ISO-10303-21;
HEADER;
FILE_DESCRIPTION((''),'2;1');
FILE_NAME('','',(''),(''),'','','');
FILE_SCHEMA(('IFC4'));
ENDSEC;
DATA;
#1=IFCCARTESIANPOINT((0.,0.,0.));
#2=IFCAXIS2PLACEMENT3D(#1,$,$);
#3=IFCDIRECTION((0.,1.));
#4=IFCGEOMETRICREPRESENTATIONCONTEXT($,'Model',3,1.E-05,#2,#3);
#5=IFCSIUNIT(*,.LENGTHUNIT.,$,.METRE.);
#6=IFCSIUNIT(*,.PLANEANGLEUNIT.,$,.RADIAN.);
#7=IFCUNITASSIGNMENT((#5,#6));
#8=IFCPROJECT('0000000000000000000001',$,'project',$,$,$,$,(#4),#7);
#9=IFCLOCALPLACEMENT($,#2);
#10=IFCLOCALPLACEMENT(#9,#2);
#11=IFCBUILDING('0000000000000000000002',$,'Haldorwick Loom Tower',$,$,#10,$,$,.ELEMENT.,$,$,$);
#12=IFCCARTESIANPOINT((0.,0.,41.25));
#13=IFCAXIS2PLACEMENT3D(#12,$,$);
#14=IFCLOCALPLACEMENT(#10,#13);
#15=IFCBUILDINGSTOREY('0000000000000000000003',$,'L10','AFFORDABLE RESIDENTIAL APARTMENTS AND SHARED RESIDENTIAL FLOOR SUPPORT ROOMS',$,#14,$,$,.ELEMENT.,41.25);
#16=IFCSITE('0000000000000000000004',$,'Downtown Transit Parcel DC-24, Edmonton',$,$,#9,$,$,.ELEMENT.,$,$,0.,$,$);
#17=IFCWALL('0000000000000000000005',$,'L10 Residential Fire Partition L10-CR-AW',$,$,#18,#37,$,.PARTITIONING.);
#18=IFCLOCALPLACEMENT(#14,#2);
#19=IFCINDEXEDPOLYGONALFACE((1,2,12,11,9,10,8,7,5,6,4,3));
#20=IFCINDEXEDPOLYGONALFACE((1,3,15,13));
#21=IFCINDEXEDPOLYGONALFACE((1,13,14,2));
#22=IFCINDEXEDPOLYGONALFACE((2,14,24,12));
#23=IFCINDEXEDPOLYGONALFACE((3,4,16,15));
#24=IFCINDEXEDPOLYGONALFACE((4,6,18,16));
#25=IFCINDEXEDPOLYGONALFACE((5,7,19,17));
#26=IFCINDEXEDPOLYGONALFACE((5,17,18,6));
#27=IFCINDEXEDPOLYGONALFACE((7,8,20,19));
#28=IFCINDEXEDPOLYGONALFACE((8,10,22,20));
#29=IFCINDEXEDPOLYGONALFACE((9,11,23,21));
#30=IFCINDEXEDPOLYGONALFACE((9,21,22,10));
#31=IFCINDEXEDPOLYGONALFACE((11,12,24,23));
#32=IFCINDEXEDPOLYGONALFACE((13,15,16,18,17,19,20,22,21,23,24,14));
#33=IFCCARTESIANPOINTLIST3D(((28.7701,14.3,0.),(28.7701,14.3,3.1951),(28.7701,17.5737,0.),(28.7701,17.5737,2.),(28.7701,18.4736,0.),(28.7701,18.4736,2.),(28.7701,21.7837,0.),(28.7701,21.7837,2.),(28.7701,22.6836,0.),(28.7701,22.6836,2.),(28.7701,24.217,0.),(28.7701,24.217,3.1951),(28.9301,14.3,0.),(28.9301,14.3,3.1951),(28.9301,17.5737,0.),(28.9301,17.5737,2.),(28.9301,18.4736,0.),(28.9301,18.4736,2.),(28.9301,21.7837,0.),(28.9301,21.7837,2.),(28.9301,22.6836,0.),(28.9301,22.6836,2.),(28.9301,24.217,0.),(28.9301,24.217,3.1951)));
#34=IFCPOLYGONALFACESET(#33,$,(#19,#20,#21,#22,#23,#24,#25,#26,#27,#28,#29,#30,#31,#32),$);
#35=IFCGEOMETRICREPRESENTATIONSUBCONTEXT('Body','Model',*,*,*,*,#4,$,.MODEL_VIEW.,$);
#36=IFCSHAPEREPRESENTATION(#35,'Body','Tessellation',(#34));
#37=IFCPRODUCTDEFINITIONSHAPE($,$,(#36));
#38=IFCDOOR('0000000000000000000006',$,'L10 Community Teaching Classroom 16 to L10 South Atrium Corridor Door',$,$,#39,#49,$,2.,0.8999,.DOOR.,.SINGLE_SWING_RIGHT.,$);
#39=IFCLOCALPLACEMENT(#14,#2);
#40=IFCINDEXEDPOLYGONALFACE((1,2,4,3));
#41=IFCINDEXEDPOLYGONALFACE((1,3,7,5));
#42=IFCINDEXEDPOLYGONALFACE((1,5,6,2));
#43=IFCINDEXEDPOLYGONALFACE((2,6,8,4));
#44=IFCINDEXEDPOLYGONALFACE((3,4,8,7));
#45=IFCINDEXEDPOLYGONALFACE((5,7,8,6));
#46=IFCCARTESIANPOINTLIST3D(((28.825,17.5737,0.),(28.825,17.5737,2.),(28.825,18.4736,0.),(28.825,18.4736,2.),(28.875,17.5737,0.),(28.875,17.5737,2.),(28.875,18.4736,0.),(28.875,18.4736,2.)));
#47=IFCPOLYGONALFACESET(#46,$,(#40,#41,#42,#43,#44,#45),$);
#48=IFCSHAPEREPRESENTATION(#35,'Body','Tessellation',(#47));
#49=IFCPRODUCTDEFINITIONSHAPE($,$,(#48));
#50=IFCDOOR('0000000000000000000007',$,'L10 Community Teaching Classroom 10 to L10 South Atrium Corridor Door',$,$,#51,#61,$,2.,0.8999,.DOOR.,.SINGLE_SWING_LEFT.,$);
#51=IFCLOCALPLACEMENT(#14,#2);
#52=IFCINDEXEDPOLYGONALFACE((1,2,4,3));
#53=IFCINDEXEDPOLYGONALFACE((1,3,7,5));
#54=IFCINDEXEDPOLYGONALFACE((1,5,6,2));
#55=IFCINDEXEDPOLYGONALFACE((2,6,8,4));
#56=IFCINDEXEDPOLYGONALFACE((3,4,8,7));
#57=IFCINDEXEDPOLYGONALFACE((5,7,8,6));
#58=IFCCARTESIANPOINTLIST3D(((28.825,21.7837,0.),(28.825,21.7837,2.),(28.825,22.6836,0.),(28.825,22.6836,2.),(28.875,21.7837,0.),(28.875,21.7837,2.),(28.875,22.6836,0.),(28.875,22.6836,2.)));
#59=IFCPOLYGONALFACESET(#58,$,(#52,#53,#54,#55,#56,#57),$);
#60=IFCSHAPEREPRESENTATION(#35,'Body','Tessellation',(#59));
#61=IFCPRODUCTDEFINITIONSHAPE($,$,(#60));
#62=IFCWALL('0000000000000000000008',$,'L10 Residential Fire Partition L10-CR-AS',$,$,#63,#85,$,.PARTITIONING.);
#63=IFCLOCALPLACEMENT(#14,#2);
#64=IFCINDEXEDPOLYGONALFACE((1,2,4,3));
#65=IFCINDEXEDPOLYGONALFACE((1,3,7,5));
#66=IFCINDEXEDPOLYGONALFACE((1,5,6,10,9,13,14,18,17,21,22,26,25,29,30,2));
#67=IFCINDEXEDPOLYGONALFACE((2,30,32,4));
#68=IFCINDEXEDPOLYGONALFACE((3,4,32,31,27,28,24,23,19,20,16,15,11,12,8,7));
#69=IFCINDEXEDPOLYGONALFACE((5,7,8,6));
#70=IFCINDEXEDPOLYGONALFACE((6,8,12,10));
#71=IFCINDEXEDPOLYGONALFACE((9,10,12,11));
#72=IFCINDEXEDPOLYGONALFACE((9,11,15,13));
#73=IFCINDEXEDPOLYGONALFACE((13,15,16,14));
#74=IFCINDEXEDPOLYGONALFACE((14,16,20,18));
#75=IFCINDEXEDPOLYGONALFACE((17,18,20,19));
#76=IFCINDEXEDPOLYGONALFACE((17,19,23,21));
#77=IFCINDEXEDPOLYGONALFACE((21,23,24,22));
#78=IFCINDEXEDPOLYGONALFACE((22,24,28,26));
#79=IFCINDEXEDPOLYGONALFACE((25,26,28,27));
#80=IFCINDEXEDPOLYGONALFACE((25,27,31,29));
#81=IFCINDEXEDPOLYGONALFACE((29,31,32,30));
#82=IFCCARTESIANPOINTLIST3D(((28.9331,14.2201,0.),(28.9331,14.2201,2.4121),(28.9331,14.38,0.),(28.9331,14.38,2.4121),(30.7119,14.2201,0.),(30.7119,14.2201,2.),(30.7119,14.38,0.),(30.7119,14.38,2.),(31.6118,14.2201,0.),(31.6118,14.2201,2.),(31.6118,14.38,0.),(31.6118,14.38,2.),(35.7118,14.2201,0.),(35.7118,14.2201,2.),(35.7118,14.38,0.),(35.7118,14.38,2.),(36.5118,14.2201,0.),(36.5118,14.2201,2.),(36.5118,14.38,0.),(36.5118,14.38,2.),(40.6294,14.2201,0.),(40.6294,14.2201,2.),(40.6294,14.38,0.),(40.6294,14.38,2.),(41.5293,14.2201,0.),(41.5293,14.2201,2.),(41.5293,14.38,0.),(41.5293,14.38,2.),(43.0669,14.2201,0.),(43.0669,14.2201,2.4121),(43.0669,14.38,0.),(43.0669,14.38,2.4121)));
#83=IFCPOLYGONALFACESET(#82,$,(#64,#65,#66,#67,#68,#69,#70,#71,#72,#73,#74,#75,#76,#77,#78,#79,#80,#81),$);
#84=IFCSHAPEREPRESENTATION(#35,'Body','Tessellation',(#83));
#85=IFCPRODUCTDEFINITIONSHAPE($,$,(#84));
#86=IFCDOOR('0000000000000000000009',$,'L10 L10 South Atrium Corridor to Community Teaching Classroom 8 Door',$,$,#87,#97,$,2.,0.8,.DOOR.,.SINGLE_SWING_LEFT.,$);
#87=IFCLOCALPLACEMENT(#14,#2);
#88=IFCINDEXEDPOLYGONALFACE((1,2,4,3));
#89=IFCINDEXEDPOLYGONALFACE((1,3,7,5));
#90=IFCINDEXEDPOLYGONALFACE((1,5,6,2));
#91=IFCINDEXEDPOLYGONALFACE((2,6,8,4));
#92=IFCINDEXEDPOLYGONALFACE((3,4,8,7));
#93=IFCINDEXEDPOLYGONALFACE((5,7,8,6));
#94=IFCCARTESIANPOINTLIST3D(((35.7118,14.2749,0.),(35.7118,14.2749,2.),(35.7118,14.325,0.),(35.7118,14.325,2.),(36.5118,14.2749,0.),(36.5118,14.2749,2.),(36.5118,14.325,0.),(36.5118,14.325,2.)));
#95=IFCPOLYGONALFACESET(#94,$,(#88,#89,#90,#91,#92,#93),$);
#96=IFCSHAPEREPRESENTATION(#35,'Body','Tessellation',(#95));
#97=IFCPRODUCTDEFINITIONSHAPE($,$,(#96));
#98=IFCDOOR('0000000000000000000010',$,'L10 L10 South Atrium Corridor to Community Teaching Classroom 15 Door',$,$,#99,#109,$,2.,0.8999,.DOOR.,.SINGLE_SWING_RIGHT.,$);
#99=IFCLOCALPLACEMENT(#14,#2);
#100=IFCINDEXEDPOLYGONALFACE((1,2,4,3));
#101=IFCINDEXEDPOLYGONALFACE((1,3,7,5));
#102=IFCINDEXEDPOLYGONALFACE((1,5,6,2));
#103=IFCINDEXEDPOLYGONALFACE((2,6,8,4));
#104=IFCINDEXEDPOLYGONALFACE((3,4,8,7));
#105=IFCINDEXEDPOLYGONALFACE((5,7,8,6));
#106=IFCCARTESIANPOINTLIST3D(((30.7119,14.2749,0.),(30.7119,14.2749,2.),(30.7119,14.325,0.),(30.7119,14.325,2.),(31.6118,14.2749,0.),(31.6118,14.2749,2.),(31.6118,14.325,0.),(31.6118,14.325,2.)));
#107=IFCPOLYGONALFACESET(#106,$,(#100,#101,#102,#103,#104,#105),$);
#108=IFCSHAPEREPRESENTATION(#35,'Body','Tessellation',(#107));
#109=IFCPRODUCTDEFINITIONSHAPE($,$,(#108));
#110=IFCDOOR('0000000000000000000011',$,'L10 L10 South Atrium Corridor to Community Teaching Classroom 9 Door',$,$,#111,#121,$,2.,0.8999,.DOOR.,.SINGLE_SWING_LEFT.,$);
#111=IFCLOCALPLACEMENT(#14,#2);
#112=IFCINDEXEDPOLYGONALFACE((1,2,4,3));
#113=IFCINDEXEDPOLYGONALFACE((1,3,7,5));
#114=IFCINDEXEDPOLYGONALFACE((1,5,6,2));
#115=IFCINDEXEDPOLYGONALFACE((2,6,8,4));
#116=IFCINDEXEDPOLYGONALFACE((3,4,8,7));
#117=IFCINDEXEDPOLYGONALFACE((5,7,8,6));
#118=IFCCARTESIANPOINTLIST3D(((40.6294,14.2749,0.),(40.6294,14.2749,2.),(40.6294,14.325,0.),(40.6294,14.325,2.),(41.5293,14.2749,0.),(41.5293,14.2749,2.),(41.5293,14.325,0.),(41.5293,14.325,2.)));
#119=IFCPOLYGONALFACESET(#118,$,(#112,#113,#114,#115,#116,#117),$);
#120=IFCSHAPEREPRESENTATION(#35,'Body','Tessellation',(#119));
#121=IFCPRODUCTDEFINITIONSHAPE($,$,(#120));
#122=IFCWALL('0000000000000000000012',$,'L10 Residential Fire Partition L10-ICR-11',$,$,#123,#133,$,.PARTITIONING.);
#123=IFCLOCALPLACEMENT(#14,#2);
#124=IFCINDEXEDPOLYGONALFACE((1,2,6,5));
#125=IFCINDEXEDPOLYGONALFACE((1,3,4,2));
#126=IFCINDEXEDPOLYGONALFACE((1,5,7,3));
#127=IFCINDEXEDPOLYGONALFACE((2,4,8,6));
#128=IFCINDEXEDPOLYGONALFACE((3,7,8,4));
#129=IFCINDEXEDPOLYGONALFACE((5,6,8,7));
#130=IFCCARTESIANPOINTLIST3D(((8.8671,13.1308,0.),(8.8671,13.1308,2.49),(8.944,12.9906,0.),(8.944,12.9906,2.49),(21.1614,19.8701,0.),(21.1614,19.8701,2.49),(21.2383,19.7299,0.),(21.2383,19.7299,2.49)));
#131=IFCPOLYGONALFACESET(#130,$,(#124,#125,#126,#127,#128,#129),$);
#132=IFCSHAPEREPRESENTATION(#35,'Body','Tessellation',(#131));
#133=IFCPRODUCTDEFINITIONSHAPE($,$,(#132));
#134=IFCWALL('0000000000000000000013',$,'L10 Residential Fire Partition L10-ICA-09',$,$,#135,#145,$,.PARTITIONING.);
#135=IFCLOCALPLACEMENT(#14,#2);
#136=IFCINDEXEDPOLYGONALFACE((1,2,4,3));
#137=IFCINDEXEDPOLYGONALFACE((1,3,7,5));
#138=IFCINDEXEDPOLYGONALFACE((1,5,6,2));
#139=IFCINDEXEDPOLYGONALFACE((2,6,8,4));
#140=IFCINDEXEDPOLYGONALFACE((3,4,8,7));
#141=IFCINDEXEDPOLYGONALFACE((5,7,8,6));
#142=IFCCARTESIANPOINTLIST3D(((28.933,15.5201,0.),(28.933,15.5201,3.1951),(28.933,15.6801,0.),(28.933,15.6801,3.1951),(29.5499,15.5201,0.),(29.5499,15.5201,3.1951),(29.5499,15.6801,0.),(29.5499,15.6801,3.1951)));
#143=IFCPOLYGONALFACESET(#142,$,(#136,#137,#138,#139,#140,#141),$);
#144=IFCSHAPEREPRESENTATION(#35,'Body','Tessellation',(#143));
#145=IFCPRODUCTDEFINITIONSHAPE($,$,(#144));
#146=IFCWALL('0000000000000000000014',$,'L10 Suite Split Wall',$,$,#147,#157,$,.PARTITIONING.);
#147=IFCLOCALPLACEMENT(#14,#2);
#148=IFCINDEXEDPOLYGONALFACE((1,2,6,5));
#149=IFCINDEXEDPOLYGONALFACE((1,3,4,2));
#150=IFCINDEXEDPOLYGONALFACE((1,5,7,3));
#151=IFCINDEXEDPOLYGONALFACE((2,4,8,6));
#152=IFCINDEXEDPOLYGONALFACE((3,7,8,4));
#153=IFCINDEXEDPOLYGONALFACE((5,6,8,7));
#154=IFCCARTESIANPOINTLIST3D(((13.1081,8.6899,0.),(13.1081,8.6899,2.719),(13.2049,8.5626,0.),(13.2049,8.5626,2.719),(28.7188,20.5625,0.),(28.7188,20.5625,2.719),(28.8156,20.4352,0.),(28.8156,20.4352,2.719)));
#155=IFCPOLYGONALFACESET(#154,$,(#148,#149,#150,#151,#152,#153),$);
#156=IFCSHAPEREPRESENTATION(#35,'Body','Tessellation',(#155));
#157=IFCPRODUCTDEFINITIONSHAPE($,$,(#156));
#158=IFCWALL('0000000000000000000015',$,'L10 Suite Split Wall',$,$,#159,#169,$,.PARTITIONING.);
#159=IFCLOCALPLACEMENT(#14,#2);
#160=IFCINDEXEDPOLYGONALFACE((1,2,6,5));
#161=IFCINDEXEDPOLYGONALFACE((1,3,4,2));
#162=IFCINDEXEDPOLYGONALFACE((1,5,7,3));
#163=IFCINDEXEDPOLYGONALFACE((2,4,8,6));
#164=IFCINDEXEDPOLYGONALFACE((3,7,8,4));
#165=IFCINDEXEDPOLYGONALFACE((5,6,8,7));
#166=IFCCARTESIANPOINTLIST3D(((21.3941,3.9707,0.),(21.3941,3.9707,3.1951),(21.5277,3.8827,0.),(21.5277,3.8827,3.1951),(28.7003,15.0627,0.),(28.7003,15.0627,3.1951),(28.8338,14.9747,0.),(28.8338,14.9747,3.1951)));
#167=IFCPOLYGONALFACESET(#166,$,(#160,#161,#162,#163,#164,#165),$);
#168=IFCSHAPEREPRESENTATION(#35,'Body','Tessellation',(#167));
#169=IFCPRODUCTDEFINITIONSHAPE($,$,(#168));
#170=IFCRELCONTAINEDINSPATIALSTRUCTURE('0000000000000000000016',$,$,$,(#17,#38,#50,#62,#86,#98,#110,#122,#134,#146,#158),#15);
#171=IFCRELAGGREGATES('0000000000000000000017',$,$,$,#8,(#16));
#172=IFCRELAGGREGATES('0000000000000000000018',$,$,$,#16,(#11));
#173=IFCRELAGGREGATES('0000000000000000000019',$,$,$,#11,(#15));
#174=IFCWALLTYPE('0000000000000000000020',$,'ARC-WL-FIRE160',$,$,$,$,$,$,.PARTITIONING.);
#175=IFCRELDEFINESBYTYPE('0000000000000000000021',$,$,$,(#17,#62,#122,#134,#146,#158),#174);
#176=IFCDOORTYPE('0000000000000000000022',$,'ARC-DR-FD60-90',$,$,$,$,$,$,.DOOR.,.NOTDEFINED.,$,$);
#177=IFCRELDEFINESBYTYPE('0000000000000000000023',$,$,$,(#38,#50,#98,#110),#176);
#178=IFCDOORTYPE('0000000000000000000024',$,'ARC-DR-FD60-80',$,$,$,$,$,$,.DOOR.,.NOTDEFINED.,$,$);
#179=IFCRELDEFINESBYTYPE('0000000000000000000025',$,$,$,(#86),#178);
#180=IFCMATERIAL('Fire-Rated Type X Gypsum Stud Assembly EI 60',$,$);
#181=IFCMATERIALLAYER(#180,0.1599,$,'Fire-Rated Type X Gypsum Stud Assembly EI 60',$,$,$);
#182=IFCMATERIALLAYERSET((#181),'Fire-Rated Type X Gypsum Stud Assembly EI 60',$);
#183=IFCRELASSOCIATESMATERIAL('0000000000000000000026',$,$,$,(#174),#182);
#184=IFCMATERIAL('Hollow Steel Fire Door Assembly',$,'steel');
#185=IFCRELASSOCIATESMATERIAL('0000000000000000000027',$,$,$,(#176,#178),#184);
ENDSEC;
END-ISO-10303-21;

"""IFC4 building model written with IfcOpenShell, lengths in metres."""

from ifc_helpers import new_model, si_unit, direction, frame, frame_2d, origin, place, context, subcontext, project, spatial, rectangle, extrude, material, layer, layer_set, type_object, element, fill, save


model = new_model("IFC4")

# Units and contexts
model_context = context("Model", 3, precision=1e-05, world=origin(), true_north=direction((0.0, 1.0)))
body_context = subcontext(model_context, "Body", "Model", "MODEL_VIEW")
ifc_project = project(units=[si_unit("LENGTHUNIT", "METRE"), si_unit("PLANEANGLEUNIT", "RADIAN")], contexts=[model_context])

# Site, building, storey
site_placement = place(None, origin())
site = spatial("IfcSite", under=ifc_project, at=site_placement, Name="Downtown Transit Parcel DC-24, Edmonton", CompositionType="ELEMENT", RefElevation=0.0)
building_placement = place(site_placement, origin())
building = spatial("IfcBuilding", under=site, at=building_placement, Name="Haldorwick Loom Tower", CompositionType="ELEMENT")
storey_placement = place(building_placement, frame((0.0, 0.0, 41.25)))
storey = spatial("IfcBuildingStorey", under=building, at=storey_placement, Name="L10", Description="AFFORDABLE RESIDENTIAL APARTMENTS AND SHARED RESIDENTIAL FLOOR SUPPORT ROOMS", CompositionType="ELEMENT", Elevation=41.25)

# Walls, openings, doors
ifc_material_1 = material(Name="Fire-Rated Type X Gypsum Stud Assembly EI 60")
ifc_layer_1 = layer(ifc_material_1, 0.1599, Name="Fire-Rated Type X Gypsum Stud Assembly EI 60")
ifc_layer_set_1 = layer_set([ifc_layer_1], Name="Fire-Rated Type X Gypsum Stud Assembly EI 60")
wall_type_1 = type_object("IfcWallType", Name="ARC-WL-FIRE160", PredefinedType="PARTITIONING", material=ifc_layer_set_1)
wall_1_placement = place(storey_placement, frame((28.8501, 14.3, 0.0), z_axis=(0.0, 0.0, 1.0), x_axis=(0.0, 1.0, 0.0)))
wall_1 = element("IfcWall", 1, at=wall_1_placement, inside=storey, type_object=wall_type_1, Name="L10 Residential Fire Partition L10-CR-AW", PredefinedType="PARTITIONING", context=body_context, shape_type="SweptSolid", body=[
    extrude(rectangle(XDim=9.917, YDim=0.1599, at=frame_2d((4.9585, 0.0))), origin(), (0.0, 0.0, 1.0), 3.1951),
])
opening_1_placement = place(wall_1_placement, frame((3.2737, 0.0, 0.0)))
opening_1 = element("IfcOpeningElement", 2, at=opening_1_placement, cuts=wall_1, PredefinedType="OPENING", context=body_context, shape_type="SweptSolid", body=[
    extrude(rectangle(XDim=0.8999, YDim=2.0, at=frame_2d((0.45, 1.0))), frame((0.0, 0.0898, 0.0), z_axis=(0.0, -1.0, 0.0), x_axis=(1.0, 0.0, 0.0)), (0.0, 0.0, 1.0), 0.1799),
])
opening_2_placement = place(wall_1_placement, frame((7.4836, 0.0, 0.0)))
opening_2 = element("IfcOpeningElement", 3, at=opening_2_placement, cuts=wall_1, PredefinedType="OPENING", context=body_context, shape_type="SweptSolid", body=[
    extrude(rectangle(XDim=0.8999, YDim=2.0, at=frame_2d((0.45, 1.0))), frame((0.0, 0.0898, 0.0), z_axis=(0.0, -1.0, 0.0), x_axis=(1.0, 0.0, 0.0)), (0.0, 0.0, 1.0), 0.1799),
])
ifc_material_2 = material(Name="Hollow Steel Fire Door Assembly", Category="steel")
door_type_1 = type_object("IfcDoorType", Name="ARC-DR-FD60-90", OperationType="NOTDEFINED", PredefinedType="DOOR", material=ifc_material_2)
door_1_placement = place(opening_1_placement, frame((0.8999, 0.0, 0.0), z_axis=(0.0, 0.0, 1.0), x_axis=(-1.0, 0.0, 0.0)))
door_1 = element("IfcDoor", 4, at=door_1_placement, inside=storey, type_object=door_type_1, Name="L10 Community Teaching Classroom 16 to L10 South Atrium Corridor Door", OperationType="SINGLE_SWING_RIGHT", OverallHeight=2.0, OverallWidth=0.8999, PredefinedType="DOOR", context=body_context, shape_type="SweptSolid", body=[
    extrude(rectangle(XDim=0.8999, YDim=2.0, at=frame_2d((0.45, 1.0))), frame((0.0, 0.0249, 0.0), z_axis=(0.0, -1.0, 0.0), x_axis=(1.0, 0.0, 0.0)), (0.0, 0.0, 1.0), 0.05),
])
fill(opening_1, door_1)
door_2_placement = place(opening_2_placement, frame((0.8999, 0.0, 0.0), z_axis=(0.0, 0.0, 1.0), x_axis=(-1.0, 0.0, 0.0)))
door_2 = element("IfcDoor", 5, at=door_2_placement, inside=storey, type_object=door_type_1, Name="L10 Community Teaching Classroom 10 to L10 South Atrium Corridor Door", OperationType="SINGLE_SWING_LEFT", OverallHeight=2.0, OverallWidth=0.8999, PredefinedType="DOOR", context=body_context, shape_type="SweptSolid", body=[
    extrude(rectangle(XDim=0.8999, YDim=2.0, at=frame_2d((0.45, 1.0))), frame((0.0, 0.0249, 0.0), z_axis=(0.0, -1.0, 0.0), x_axis=(1.0, 0.0, 0.0)), (0.0, 0.0, 1.0), 0.05),
])
fill(opening_2, door_2)
wall_2_placement = place(storey_placement, frame((28.9331, 14.3, 0.0), z_axis=(0.0, 0.0, 1.0), x_axis=(1.0, 0.0, 0.0)))
wall_2 = element("IfcWall", 6, at=wall_2_placement, inside=storey, type_object=wall_type_1, Name="L10 Residential Fire Partition L10-CR-AS", PredefinedType="PARTITIONING", context=body_context, shape_type="SweptSolid", body=[
    extrude(rectangle(XDim=14.1338, YDim=0.1599, at=frame_2d((7.0669, 0.0))), origin(), (0.0, 0.0, 1.0), 2.4121),
])
opening_3_placement = place(wall_2_placement, frame((1.7788, 0.0, 0.0)))
opening_3 = element("IfcOpeningElement", 7, at=opening_3_placement, cuts=wall_2, PredefinedType="OPENING", context=body_context, shape_type="SweptSolid", body=[
    extrude(rectangle(XDim=0.8999, YDim=2.0, at=frame_2d((0.45, 1.0))), frame((0.0, 0.0898, 0.0), z_axis=(0.0, -1.0, 0.0), x_axis=(1.0, 0.0, 0.0)), (0.0, 0.0, 1.0), 0.1799),
])
opening_4_placement = place(wall_2_placement, frame((11.6963, 0.0, 0.0)))
opening_4 = element("IfcOpeningElement", 8, at=opening_4_placement, cuts=wall_2, PredefinedType="OPENING", context=body_context, shape_type="SweptSolid", body=[
    extrude(rectangle(XDim=0.8999, YDim=2.0, at=frame_2d((0.45, 1.0))), frame((0.0, 0.0898, 0.0), z_axis=(0.0, -1.0, 0.0), x_axis=(1.0, 0.0, 0.0)), (0.0, 0.0, 1.0), 0.1799),
])
opening_5_placement = place(wall_2_placement, frame((6.7788, 0.0, 0.0)))
opening_5 = element("IfcOpeningElement", 9, at=opening_5_placement, cuts=wall_2, PredefinedType="OPENING", context=body_context, shape_type="SweptSolid", body=[
    extrude(rectangle(XDim=0.8, YDim=2.0, at=frame_2d((0.3999, 1.0))), frame((0.0, 0.0898, 0.0), z_axis=(0.0, -1.0, 0.0), x_axis=(1.0, 0.0, 0.0)), (0.0, 0.0, 1.0), 0.1799),
])
door_type_2 = type_object("IfcDoorType", Name="ARC-DR-FD60-80", OperationType="NOTDEFINED", PredefinedType="DOOR", material=ifc_material_2)
door_3_placement = place(opening_5_placement, origin())
door_3 = element("IfcDoor", 10, at=door_3_placement, inside=storey, type_object=door_type_2, Name="L10 L10 South Atrium Corridor to Community Teaching Classroom 8 Door", OperationType="SINGLE_SWING_LEFT", OverallHeight=2.0, OverallWidth=0.8, PredefinedType="DOOR", context=body_context, shape_type="SweptSolid", body=[
    extrude(rectangle(XDim=0.8, YDim=2.0, at=frame_2d((0.3999, 1.0))), frame((0.0, 0.0249, 0.0), z_axis=(0.0, -1.0, 0.0), x_axis=(1.0, 0.0, 0.0)), (0.0, 0.0, 1.0), 0.05),
])
fill(opening_5, door_3)
door_4_placement = place(opening_3_placement, origin())
door_4 = element("IfcDoor", 11, at=door_4_placement, inside=storey, type_object=door_type_1, Name="L10 L10 South Atrium Corridor to Community Teaching Classroom 15 Door", OperationType="SINGLE_SWING_RIGHT", OverallHeight=2.0, OverallWidth=0.8999, PredefinedType="DOOR", context=body_context, shape_type="SweptSolid", body=[
    extrude(rectangle(XDim=0.8999, YDim=2.0, at=frame_2d((0.45, 1.0))), frame((0.0, 0.0249, 0.0), z_axis=(0.0, -1.0, 0.0), x_axis=(1.0, 0.0, 0.0)), (0.0, 0.0, 1.0), 0.05),
])
fill(opening_3, door_4)
door_5_placement = place(opening_4_placement, origin())
door_5 = element("IfcDoor", 12, at=door_5_placement, inside=storey, type_object=door_type_1, Name="L10 L10 South Atrium Corridor to Community Teaching Classroom 9 Door", OperationType="SINGLE_SWING_LEFT", OverallHeight=2.0, OverallWidth=0.8999, PredefinedType="DOOR", context=body_context, shape_type="SweptSolid", body=[
    extrude(rectangle(XDim=0.8999, YDim=2.0, at=frame_2d((0.45, 1.0))), frame((0.0, 0.0249, 0.0), z_axis=(0.0, -1.0, 0.0), x_axis=(1.0, 0.0, 0.0)), (0.0, 0.0, 1.0), 0.05),
])
fill(opening_4, door_5)

# Walls
wall_3_placement = place(storey_placement, frame((21.2, 19.8, 0.0), z_axis=(0.0, 0.0, 1.0), x_axis=(-0.876894, -0.480684, 0.0)))
element("IfcWall", 13, at=wall_3_placement, inside=storey, type_object=wall_type_1, Name="L10 Residential Fire Partition L10-ICR-11", PredefinedType="PARTITIONING", context=body_context, shape_type="SweptSolid", body=[
    extrude(rectangle(XDim=14.0203, YDim=0.1599, at=frame_2d((7.0103, 0.0))), origin(), (0.0, 0.0, 1.0), 2.49),
])
wall_4_placement = place(storey_placement, frame((29.55, 15.6001, 0.0), z_axis=(0.0, 0.0, 1.0), x_axis=(-1.0, 0.0, 0.0)))
element("IfcWall", 14, at=wall_4_placement, inside=storey, type_object=wall_type_1, Name="L10 Residential Fire Partition L10-ICA-09", PredefinedType="PARTITIONING", context=body_context, shape_type="SweptSolid", body=[
    extrude(rectangle(XDim=0.6169, YDim=0.1599, at=frame_2d((0.3086, 0.0))), origin(), (0.0, 0.0, 1.0), 3.1951),
])
wall_5_placement = place(storey_placement, frame((28.7671, 20.4988, 0.0), z_axis=(0.0, 0.0, 1.0), x_axis=(-0.795953, -0.605358, 0.0)))
element("IfcWall", 15, at=wall_5_placement, inside=storey, type_object=wall_type_1, Name="L10 Suite Split Wall", PredefinedType="PARTITIONING", context=body_context, shape_type="SweptSolid", body=[
    extrude(rectangle(XDim=19.6125, YDim=0.1599, at=frame_2d((9.8062, 0.0))), origin(), (0.0, 0.0, 1.0), 2.719),
])
wall_6_placement = place(storey_placement, frame((28.7671, 15.0188, 0.0), z_axis=(0.0, 0.0, 1.0), x_axis=(-0.550077, -0.835114, 0.0)))
element("IfcWall", 16, at=wall_6_placement, inside=storey, type_object=wall_type_1, Name="L10 Suite Split Wall", PredefinedType="PARTITIONING", context=body_context, shape_type="SweptSolid", body=[
    extrude(rectangle(XDim=13.282, YDim=0.1599, at=frame_2d((6.6411, 0.0))), origin(), (0.0, 0.0, 1.0), 3.1951),
])

save(model, "model.ifc")
